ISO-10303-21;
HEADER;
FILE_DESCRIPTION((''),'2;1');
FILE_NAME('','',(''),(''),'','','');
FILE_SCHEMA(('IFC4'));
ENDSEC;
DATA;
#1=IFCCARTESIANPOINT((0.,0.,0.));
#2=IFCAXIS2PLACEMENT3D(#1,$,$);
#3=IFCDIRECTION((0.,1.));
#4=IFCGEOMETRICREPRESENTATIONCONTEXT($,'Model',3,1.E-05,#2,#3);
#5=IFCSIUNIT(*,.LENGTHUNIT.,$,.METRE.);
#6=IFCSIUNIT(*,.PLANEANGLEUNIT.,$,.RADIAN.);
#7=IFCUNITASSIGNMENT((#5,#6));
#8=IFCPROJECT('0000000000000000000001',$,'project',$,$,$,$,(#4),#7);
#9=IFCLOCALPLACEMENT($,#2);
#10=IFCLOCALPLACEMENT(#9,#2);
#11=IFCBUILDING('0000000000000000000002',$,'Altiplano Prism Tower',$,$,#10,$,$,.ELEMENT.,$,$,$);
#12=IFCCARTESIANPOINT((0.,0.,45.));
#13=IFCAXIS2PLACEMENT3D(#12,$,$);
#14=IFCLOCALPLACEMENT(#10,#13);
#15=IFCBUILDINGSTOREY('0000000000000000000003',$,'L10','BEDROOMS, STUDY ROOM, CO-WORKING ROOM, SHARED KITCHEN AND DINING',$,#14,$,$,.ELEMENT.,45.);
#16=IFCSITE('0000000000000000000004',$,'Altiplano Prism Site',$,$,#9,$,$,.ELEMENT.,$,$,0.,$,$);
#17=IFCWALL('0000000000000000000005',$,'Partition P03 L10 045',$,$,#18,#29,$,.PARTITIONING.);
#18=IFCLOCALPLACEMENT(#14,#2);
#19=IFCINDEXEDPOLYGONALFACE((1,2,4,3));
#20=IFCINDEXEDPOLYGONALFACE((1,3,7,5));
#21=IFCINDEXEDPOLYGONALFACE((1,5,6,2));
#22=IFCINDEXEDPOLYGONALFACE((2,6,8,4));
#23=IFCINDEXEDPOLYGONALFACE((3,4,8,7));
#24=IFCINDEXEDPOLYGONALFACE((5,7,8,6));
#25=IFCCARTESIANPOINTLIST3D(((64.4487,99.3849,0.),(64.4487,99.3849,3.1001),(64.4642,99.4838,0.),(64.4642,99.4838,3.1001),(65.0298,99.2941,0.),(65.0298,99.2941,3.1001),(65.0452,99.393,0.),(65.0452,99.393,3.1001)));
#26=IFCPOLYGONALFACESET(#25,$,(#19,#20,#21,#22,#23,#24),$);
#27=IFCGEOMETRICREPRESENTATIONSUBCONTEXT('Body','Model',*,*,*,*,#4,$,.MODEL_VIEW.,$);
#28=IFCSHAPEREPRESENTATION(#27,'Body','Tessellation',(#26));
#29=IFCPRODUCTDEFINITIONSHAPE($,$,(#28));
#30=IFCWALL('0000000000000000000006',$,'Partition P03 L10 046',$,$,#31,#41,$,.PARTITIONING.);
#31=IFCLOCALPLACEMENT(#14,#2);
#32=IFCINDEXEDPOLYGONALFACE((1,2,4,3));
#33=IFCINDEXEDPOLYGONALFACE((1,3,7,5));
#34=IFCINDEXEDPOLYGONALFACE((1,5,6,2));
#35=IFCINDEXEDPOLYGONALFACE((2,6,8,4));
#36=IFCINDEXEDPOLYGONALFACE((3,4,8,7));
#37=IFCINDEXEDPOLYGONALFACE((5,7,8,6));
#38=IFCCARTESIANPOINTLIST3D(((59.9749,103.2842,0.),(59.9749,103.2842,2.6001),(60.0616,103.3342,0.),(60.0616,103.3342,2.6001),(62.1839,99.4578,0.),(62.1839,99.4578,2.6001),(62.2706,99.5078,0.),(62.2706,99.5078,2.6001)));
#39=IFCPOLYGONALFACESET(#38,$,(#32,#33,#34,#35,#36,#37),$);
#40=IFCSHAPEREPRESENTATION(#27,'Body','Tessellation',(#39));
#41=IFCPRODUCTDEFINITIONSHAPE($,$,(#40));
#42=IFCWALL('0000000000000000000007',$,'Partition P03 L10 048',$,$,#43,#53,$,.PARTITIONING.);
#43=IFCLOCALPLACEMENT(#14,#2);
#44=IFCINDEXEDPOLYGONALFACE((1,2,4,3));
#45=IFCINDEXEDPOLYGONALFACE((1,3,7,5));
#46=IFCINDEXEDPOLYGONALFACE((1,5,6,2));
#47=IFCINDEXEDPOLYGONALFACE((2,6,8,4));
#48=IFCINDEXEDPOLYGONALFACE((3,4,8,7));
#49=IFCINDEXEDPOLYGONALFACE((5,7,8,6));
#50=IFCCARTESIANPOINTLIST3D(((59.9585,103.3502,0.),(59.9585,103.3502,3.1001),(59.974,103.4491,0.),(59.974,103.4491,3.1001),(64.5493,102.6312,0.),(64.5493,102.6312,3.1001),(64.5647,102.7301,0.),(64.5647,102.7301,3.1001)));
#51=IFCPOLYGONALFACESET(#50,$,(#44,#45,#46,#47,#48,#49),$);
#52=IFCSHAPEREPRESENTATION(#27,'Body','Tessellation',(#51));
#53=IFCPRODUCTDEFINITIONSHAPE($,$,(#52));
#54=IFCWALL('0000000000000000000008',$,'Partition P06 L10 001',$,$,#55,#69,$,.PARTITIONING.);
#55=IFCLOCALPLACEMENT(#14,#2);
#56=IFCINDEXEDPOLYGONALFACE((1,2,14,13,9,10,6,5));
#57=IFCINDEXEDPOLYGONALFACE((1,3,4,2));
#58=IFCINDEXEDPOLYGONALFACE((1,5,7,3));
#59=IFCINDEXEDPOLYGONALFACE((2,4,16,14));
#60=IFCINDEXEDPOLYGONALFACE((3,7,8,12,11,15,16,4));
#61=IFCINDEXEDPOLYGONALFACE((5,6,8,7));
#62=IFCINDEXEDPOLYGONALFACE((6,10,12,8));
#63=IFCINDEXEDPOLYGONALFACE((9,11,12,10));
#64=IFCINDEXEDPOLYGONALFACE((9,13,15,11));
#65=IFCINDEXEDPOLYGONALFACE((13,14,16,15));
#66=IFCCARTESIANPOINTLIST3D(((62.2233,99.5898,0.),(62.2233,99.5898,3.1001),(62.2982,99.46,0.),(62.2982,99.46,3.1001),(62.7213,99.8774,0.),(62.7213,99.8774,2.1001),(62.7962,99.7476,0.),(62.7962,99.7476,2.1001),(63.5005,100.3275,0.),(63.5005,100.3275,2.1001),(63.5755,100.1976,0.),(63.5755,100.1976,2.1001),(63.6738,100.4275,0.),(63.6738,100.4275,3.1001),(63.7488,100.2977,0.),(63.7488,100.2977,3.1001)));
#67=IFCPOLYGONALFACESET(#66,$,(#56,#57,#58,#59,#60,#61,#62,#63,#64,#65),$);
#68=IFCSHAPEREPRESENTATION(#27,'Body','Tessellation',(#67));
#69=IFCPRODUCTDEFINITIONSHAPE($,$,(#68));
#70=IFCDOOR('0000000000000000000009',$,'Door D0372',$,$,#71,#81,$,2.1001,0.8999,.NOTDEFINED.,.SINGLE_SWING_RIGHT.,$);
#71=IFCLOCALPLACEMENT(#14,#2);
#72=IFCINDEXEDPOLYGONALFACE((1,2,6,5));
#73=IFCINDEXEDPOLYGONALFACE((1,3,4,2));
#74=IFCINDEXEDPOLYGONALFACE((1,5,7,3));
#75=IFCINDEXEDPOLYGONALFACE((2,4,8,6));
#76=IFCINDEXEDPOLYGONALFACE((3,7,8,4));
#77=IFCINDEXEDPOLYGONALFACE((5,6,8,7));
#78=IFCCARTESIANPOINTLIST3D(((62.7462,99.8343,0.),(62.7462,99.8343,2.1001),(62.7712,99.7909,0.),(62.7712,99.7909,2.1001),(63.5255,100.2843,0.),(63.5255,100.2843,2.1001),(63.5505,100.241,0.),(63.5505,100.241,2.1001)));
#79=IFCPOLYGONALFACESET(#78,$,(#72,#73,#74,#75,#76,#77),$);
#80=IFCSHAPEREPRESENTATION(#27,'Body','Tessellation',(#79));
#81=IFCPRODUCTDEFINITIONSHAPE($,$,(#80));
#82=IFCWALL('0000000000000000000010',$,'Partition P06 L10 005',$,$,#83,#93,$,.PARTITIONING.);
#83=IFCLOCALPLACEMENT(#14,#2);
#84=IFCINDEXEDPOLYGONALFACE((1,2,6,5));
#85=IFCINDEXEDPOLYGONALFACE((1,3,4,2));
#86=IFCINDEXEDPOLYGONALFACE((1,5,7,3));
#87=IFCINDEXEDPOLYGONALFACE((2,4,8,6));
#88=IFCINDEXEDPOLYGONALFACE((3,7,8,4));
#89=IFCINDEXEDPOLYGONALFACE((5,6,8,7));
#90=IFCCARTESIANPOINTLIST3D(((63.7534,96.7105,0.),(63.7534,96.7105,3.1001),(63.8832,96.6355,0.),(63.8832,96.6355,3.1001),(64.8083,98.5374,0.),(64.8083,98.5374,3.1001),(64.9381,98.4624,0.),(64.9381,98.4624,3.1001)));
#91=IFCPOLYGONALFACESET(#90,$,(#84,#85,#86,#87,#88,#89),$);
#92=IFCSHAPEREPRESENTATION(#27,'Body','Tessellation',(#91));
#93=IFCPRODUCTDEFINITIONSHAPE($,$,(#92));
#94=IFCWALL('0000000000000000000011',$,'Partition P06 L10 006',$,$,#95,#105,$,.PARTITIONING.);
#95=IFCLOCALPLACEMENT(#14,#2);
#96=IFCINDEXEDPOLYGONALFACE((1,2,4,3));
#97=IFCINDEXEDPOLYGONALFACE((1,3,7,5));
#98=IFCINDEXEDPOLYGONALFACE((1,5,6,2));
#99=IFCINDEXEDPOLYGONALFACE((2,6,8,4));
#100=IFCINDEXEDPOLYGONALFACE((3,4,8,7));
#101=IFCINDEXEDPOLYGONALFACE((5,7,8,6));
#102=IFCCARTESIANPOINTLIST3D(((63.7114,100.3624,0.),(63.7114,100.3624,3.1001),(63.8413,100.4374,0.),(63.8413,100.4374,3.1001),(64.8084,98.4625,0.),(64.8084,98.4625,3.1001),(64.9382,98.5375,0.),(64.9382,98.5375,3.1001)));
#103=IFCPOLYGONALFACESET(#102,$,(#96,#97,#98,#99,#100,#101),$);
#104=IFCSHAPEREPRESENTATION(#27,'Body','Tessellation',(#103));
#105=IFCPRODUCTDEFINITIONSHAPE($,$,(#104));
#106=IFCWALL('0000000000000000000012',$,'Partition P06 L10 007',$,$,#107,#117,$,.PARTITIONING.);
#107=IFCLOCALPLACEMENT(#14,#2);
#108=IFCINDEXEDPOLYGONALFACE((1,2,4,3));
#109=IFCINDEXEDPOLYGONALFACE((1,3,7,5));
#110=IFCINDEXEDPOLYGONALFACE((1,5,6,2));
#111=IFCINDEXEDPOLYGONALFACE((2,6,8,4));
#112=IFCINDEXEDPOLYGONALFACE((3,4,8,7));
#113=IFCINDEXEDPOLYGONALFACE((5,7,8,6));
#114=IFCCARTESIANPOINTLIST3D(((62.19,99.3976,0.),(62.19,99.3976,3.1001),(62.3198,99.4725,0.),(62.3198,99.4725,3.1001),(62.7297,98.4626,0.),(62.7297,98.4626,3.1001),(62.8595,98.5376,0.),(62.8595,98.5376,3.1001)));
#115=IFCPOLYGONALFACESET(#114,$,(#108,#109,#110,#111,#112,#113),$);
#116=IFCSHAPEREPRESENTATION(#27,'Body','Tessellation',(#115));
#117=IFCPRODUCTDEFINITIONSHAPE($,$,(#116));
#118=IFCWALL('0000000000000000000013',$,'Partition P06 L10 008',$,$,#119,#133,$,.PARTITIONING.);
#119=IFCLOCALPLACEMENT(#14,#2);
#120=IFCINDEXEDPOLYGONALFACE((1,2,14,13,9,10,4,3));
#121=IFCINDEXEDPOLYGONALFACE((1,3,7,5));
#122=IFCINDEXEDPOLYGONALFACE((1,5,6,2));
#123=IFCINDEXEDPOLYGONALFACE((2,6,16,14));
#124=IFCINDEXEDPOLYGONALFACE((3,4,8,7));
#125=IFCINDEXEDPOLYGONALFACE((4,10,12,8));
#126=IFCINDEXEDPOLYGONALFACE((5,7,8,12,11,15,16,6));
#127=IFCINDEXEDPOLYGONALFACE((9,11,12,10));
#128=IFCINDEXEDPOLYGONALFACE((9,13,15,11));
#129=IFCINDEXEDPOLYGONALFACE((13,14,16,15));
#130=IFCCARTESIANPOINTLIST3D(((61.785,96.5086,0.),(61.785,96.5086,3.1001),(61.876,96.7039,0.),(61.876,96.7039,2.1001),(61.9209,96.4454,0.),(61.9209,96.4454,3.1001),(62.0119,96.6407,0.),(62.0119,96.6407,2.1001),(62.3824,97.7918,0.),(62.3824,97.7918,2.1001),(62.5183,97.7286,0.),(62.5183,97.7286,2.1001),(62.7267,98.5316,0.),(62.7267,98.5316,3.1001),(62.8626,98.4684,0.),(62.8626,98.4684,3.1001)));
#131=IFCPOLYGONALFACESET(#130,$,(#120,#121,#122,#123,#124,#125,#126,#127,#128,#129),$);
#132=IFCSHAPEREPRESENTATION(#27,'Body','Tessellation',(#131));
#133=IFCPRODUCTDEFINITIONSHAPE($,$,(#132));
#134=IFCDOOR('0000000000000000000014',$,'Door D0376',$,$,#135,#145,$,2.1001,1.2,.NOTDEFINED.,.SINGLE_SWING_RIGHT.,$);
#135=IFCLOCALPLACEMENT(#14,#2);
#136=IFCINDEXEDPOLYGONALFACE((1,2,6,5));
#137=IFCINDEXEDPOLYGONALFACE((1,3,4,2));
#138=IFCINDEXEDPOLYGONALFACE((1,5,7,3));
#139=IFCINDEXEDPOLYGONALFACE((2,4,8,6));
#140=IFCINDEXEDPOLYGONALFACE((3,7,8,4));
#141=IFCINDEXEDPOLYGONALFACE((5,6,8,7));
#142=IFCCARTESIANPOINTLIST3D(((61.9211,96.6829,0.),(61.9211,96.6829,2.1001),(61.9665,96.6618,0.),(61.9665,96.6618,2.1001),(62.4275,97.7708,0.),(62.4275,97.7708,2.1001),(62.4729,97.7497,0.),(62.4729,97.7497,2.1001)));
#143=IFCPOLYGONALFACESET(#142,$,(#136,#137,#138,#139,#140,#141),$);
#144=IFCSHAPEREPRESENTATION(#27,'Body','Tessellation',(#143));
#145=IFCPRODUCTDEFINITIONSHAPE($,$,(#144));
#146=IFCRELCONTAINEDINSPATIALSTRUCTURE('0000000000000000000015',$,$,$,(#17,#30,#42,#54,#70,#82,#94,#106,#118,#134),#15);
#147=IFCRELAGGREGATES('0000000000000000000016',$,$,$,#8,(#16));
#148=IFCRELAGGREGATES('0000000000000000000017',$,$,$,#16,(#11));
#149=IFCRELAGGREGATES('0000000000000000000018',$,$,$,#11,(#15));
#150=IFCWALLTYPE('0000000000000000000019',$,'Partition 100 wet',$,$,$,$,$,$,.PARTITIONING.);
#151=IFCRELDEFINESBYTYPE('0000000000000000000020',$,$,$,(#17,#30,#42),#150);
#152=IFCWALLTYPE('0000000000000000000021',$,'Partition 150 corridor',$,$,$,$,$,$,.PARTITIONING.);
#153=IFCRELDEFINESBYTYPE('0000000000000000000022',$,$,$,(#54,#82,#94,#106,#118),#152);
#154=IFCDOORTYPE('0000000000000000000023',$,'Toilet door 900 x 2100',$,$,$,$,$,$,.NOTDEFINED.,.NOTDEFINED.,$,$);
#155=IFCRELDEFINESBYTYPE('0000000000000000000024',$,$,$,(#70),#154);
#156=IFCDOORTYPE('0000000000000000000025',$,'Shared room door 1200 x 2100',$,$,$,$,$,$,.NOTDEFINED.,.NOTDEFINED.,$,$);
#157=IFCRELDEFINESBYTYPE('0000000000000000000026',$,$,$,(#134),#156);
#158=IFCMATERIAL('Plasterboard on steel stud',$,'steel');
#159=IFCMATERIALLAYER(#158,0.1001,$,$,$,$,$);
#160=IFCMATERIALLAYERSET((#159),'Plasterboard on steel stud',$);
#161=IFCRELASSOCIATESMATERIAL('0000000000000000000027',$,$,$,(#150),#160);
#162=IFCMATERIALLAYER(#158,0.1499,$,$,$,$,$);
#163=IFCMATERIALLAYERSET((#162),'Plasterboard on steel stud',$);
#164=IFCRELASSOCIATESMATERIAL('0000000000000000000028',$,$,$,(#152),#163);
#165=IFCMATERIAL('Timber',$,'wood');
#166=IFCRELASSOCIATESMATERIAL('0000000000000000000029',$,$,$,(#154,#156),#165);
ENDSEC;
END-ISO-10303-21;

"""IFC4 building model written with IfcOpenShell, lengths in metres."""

from ifc_helpers import new_model, si_unit, direction, frame, frame_2d, origin, place, context, subcontext, project, spatial, rectangle, extrude, material, layer, layer_set, type_object, element, fill, save


model = new_model("IFC4")

# Units and contexts
model_context = context("Model", 3, precision=1e-05, world=origin(), true_north=direction((0.0, 1.0)))
body_context = subcontext(model_context, "Body", "Model", "MODEL_VIEW")
ifc_project = project(units=[si_unit("LENGTHUNIT", "METRE"), si_unit("PLANEANGLEUNIT", "RADIAN")], contexts=[model_context])

# Site, building, storey
site_placement = place(None, origin())
site = spatial("IfcSite", under=ifc_project, at=site_placement, Name="Altiplano Prism Site", CompositionType="ELEMENT", RefElevation=0.0)
building_placement = place(site_placement, origin())
building = spatial("IfcBuilding", under=site, at=building_placement, Name="Altiplano Prism Tower", CompositionType="ELEMENT")
storey_placement = place(building_placement, frame((0.0, 0.0, 45.0)))
storey = spatial("IfcBuildingStorey", under=building, at=storey_placement, Name="L10", Description="BEDROOMS, STUDY ROOM, CO-WORKING ROOM, SHARED KITCHEN AND DINING", CompositionType="ELEMENT", Elevation=45.0)

# Walls
ifc_material_1 = material(Name="Plasterboard on steel stud", Category="steel")
ifc_layer_1 = layer(ifc_material_1, 0.1001)
ifc_layer_set_1 = layer_set([ifc_layer_1], Name="Plasterboard on steel stud")
wall_type_1 = type_object("IfcWallType", Name="Partition 100 wet", PredefinedType="PARTITIONING", material=ifc_layer_set_1)
wall_1_placement = place(storey_placement, frame((64.4565, 99.4343, 0.0), z_axis=(0.0, 0.0, 1.0), x_axis=(0.988004, -0.154428, 0.0)))
element("IfcWall", 1, at=wall_1_placement, inside=storey, type_object=wall_type_1, Name="Partition P03 L10 045", PredefinedType="PARTITIONING", context=body_context, shape_type="SweptSolid", body=[
    extrude(rectangle(XDim=0.5881, YDim=0.1001, at=frame_2d((0.2939, 0.0))), origin(), (0.0, 0.0, 1.0), 3.1001),
])
wall_2_placement = place(storey_placement, frame((60.0183, 103.3091, 0.0), z_axis=(0.0, 0.0, 1.0), x_axis=(0.499966, -0.866045, 0.0)))
element("IfcWall", 2, at=wall_2_placement, inside=storey, type_object=wall_type_1, Name="Partition P03 L10 046", PredefinedType="PARTITIONING", context=body_context, shape_type="SweptSolid", body=[
    extrude(rectangle(XDim=4.4182, YDim=0.1001, at=frame_2d((2.209, 0.0))), origin(), (0.0, 0.0, 1.0), 2.6001),
])
wall_3_placement = place(storey_placement, frame((64.5569, 102.6807, 0.0), z_axis=(0.0, 0.0, 1.0), x_axis=(-0.987957, 0.154729, 0.0)))
element("IfcWall", 3, at=wall_3_placement, inside=storey, type_object=wall_type_1, Name="Partition P03 L10 048", PredefinedType="PARTITIONING", context=body_context, shape_type="SweptSolid", body=[
    extrude(rectangle(XDim=4.6467, YDim=0.1001, at=frame_2d((2.3232, 0.0))), origin(), (0.0, 0.0, 1.0), 3.1001),
])

# Wall, opening, door
ifc_layer_2 = layer(ifc_material_1, 0.1499)
ifc_layer_set_2 = layer_set([ifc_layer_2], Name="Plasterboard on steel stud")
wall_type_2 = type_object("IfcWallType", Name="Partition 150 corridor", PredefinedType="PARTITIONING", material=ifc_layer_set_2)
wall_4_placement = place(storey_placement, frame((63.7112, 100.3625, 0.0), z_axis=(0.0, 0.0, 1.0), x_axis=(-0.865965, -0.500105, 0.0)))
wall_4 = element("IfcWall", 4, at=wall_4_placement, inside=storey, type_object=wall_type_2, Name="Partition P06 L10 001", PredefinedType="PARTITIONING", context=body_context, shape_type="SweptSolid", body=[
    extrude(rectangle(XDim=1.675, YDim=0.1499, at=frame_2d((0.8374, 0.0))), origin(), (0.0, 0.0, 1.0), 3.1001),
])
opening_1_placement = place(wall_4_placement, frame((0.2, 0.0, 0.0)))
opening_1 = element("IfcOpeningElement", 5, at=opening_1_placement, cuts=wall_4, PredefinedType="OPENING", context=body_context, shape_type="SweptSolid", body=[
    extrude(rectangle(XDim=0.8999, YDim=2.1001, at=frame_2d((0.45, 1.05))), frame((0.0, 0.0854, 0.0), z_axis=(0.0, -1.0, 0.0), x_axis=(1.0, 0.0, 0.0)), (0.0, 0.0, 1.0), 0.1709),
])
ifc_material_2 = material(Name="Timber", Category="wood")
door_type_1 = type_object("IfcDoorType", Name="Toilet door 900 x 2100", OperationType="NOTDEFINED", PredefinedType="NOTDEFINED", material=ifc_material_2)
door_1_placement = place(opening_1_placement, origin())
door_1 = element("IfcDoor", 6, at=door_1_placement, inside=storey, type_object=door_type_1, Name="Door D0372", OperationType="SINGLE_SWING_RIGHT", OverallHeight=2.1001, OverallWidth=0.8999, PredefinedType="NOTDEFINED", context=body_context, shape_type="SweptSolid", body=[
    extrude(rectangle(XDim=0.8999, YDim=2.1001, at=frame_2d((0.45, 1.05))), frame((0.0, 0.0249, 0.0), z_axis=(0.0, -1.0, 0.0), x_axis=(1.0, 0.0, 0.0)), (0.0, 0.0, 1.0), 0.05),
])
fill(opening_1, door_1)

# Walls
wall_5_placement = place(storey_placement, frame((63.8184, 96.6731, 0.0), z_axis=(0.0, 0.0, 1.0), x_axis=(0.50006, 0.865991, 0.0)))
element("IfcWall", 7, at=wall_5_placement, inside=storey, type_object=wall_type_2, Name="Partition P06 L10 005", PredefinedType="PARTITIONING", context=body_context, shape_type="SweptSolid", body=[
    extrude(rectangle(XDim=2.1096, YDim=0.1499, at=frame_2d((1.0547, 0.0))), origin(), (0.0, 0.0, 1.0), 3.1001),
])
wall_6_placement = place(storey_placement, frame((64.8733, 98.5, 0.0), z_axis=(0.0, 0.0, 1.0), x_axis=(-0.500005, 0.866023, 0.0)))
element("IfcWall", 8, at=wall_6_placement, inside=storey, type_object=wall_type_2, Name="Partition P06 L10 006", PredefinedType="PARTITIONING", context=body_context, shape_type="SweptSolid", body=[
    extrude(rectangle(XDim=2.1938, YDim=0.1499, at=frame_2d((1.0969, 0.0))), origin(), (0.0, 0.0, 1.0), 3.1001),
])
wall_7_placement = place(storey_placement, frame((62.2549, 99.4351, 0.0), z_axis=(0.0, 0.0, 1.0), x_axis=(0.499957, -0.86605, 0.0)))
element("IfcWall", 9, at=wall_7_placement, inside=storey, type_object=wall_type_2, Name="Partition P06 L10 007", PredefinedType="PARTITIONING", context=body_context, shape_type="SweptSolid", body=[
    extrude(rectangle(XDim=1.0796, YDim=0.1499, at=frame_2d((0.5398, 0.0))), origin(), (0.0, 0.0, 1.0), 3.1001),
])

# Wall, opening, door
wall_8_placement = place(storey_placement, frame((62.7947, 98.5, 0.0), z_axis=(0.0, 0.0, 1.0), x_axis=(-0.422005, -0.906594, 0.0)))
wall_8 = element("IfcWall", 10, at=wall_8_placement, inside=storey, type_object=wall_type_2, Name="Partition P06 L10 008", PredefinedType="PARTITIONING", context=body_context, shape_type="SweptSolid", body=[
    extrude(rectangle(XDim=2.2314, YDim=0.1499, at=frame_2d((1.1157, 0.0))), origin(), (0.0, 0.0, 1.0), 3.1001),
])
opening_2_placement = place(wall_8_placement, frame((0.8159, 0.0, 0.0)))
opening_2 = element("IfcOpeningElement", 11, at=opening_2_placement, cuts=wall_8, PredefinedType="OPENING", context=body_context, shape_type="SweptSolid", body=[
    extrude(rectangle(XDim=1.2, YDim=2.1001, at=frame_2d((0.6001, 1.05))), frame((0.0, 0.0854, 0.0), z_axis=(0.0, -1.0, 0.0), x_axis=(1.0, 0.0, 0.0)), (0.0, 0.0, 1.0), 0.1709),
])
door_type_2 = type_object("IfcDoorType", Name="Shared room door 1200 x 2100", OperationType="NOTDEFINED", PredefinedType="NOTDEFINED", material=ifc_material_2)
door_2_placement = place(opening_2_placement, origin())
door_2 = element("IfcDoor", 12, at=door_2_placement, inside=storey, type_object=door_type_2, Name="Door D0376", OperationType="SINGLE_SWING_RIGHT", OverallHeight=2.1001, OverallWidth=1.2, PredefinedType="NOTDEFINED", context=body_context, shape_type="SweptSolid", body=[
    extrude(rectangle(XDim=1.2, YDim=2.1001, at=frame_2d((0.6001, 1.05))), frame((0.0, 0.0249, 0.0), z_axis=(0.0, -1.0, 0.0), x_axis=(1.0, 0.0, 0.0)), (0.0, 0.0, 1.0), 0.05),
])
fill(opening_2, door_2)

save(model, "model.ifc")
